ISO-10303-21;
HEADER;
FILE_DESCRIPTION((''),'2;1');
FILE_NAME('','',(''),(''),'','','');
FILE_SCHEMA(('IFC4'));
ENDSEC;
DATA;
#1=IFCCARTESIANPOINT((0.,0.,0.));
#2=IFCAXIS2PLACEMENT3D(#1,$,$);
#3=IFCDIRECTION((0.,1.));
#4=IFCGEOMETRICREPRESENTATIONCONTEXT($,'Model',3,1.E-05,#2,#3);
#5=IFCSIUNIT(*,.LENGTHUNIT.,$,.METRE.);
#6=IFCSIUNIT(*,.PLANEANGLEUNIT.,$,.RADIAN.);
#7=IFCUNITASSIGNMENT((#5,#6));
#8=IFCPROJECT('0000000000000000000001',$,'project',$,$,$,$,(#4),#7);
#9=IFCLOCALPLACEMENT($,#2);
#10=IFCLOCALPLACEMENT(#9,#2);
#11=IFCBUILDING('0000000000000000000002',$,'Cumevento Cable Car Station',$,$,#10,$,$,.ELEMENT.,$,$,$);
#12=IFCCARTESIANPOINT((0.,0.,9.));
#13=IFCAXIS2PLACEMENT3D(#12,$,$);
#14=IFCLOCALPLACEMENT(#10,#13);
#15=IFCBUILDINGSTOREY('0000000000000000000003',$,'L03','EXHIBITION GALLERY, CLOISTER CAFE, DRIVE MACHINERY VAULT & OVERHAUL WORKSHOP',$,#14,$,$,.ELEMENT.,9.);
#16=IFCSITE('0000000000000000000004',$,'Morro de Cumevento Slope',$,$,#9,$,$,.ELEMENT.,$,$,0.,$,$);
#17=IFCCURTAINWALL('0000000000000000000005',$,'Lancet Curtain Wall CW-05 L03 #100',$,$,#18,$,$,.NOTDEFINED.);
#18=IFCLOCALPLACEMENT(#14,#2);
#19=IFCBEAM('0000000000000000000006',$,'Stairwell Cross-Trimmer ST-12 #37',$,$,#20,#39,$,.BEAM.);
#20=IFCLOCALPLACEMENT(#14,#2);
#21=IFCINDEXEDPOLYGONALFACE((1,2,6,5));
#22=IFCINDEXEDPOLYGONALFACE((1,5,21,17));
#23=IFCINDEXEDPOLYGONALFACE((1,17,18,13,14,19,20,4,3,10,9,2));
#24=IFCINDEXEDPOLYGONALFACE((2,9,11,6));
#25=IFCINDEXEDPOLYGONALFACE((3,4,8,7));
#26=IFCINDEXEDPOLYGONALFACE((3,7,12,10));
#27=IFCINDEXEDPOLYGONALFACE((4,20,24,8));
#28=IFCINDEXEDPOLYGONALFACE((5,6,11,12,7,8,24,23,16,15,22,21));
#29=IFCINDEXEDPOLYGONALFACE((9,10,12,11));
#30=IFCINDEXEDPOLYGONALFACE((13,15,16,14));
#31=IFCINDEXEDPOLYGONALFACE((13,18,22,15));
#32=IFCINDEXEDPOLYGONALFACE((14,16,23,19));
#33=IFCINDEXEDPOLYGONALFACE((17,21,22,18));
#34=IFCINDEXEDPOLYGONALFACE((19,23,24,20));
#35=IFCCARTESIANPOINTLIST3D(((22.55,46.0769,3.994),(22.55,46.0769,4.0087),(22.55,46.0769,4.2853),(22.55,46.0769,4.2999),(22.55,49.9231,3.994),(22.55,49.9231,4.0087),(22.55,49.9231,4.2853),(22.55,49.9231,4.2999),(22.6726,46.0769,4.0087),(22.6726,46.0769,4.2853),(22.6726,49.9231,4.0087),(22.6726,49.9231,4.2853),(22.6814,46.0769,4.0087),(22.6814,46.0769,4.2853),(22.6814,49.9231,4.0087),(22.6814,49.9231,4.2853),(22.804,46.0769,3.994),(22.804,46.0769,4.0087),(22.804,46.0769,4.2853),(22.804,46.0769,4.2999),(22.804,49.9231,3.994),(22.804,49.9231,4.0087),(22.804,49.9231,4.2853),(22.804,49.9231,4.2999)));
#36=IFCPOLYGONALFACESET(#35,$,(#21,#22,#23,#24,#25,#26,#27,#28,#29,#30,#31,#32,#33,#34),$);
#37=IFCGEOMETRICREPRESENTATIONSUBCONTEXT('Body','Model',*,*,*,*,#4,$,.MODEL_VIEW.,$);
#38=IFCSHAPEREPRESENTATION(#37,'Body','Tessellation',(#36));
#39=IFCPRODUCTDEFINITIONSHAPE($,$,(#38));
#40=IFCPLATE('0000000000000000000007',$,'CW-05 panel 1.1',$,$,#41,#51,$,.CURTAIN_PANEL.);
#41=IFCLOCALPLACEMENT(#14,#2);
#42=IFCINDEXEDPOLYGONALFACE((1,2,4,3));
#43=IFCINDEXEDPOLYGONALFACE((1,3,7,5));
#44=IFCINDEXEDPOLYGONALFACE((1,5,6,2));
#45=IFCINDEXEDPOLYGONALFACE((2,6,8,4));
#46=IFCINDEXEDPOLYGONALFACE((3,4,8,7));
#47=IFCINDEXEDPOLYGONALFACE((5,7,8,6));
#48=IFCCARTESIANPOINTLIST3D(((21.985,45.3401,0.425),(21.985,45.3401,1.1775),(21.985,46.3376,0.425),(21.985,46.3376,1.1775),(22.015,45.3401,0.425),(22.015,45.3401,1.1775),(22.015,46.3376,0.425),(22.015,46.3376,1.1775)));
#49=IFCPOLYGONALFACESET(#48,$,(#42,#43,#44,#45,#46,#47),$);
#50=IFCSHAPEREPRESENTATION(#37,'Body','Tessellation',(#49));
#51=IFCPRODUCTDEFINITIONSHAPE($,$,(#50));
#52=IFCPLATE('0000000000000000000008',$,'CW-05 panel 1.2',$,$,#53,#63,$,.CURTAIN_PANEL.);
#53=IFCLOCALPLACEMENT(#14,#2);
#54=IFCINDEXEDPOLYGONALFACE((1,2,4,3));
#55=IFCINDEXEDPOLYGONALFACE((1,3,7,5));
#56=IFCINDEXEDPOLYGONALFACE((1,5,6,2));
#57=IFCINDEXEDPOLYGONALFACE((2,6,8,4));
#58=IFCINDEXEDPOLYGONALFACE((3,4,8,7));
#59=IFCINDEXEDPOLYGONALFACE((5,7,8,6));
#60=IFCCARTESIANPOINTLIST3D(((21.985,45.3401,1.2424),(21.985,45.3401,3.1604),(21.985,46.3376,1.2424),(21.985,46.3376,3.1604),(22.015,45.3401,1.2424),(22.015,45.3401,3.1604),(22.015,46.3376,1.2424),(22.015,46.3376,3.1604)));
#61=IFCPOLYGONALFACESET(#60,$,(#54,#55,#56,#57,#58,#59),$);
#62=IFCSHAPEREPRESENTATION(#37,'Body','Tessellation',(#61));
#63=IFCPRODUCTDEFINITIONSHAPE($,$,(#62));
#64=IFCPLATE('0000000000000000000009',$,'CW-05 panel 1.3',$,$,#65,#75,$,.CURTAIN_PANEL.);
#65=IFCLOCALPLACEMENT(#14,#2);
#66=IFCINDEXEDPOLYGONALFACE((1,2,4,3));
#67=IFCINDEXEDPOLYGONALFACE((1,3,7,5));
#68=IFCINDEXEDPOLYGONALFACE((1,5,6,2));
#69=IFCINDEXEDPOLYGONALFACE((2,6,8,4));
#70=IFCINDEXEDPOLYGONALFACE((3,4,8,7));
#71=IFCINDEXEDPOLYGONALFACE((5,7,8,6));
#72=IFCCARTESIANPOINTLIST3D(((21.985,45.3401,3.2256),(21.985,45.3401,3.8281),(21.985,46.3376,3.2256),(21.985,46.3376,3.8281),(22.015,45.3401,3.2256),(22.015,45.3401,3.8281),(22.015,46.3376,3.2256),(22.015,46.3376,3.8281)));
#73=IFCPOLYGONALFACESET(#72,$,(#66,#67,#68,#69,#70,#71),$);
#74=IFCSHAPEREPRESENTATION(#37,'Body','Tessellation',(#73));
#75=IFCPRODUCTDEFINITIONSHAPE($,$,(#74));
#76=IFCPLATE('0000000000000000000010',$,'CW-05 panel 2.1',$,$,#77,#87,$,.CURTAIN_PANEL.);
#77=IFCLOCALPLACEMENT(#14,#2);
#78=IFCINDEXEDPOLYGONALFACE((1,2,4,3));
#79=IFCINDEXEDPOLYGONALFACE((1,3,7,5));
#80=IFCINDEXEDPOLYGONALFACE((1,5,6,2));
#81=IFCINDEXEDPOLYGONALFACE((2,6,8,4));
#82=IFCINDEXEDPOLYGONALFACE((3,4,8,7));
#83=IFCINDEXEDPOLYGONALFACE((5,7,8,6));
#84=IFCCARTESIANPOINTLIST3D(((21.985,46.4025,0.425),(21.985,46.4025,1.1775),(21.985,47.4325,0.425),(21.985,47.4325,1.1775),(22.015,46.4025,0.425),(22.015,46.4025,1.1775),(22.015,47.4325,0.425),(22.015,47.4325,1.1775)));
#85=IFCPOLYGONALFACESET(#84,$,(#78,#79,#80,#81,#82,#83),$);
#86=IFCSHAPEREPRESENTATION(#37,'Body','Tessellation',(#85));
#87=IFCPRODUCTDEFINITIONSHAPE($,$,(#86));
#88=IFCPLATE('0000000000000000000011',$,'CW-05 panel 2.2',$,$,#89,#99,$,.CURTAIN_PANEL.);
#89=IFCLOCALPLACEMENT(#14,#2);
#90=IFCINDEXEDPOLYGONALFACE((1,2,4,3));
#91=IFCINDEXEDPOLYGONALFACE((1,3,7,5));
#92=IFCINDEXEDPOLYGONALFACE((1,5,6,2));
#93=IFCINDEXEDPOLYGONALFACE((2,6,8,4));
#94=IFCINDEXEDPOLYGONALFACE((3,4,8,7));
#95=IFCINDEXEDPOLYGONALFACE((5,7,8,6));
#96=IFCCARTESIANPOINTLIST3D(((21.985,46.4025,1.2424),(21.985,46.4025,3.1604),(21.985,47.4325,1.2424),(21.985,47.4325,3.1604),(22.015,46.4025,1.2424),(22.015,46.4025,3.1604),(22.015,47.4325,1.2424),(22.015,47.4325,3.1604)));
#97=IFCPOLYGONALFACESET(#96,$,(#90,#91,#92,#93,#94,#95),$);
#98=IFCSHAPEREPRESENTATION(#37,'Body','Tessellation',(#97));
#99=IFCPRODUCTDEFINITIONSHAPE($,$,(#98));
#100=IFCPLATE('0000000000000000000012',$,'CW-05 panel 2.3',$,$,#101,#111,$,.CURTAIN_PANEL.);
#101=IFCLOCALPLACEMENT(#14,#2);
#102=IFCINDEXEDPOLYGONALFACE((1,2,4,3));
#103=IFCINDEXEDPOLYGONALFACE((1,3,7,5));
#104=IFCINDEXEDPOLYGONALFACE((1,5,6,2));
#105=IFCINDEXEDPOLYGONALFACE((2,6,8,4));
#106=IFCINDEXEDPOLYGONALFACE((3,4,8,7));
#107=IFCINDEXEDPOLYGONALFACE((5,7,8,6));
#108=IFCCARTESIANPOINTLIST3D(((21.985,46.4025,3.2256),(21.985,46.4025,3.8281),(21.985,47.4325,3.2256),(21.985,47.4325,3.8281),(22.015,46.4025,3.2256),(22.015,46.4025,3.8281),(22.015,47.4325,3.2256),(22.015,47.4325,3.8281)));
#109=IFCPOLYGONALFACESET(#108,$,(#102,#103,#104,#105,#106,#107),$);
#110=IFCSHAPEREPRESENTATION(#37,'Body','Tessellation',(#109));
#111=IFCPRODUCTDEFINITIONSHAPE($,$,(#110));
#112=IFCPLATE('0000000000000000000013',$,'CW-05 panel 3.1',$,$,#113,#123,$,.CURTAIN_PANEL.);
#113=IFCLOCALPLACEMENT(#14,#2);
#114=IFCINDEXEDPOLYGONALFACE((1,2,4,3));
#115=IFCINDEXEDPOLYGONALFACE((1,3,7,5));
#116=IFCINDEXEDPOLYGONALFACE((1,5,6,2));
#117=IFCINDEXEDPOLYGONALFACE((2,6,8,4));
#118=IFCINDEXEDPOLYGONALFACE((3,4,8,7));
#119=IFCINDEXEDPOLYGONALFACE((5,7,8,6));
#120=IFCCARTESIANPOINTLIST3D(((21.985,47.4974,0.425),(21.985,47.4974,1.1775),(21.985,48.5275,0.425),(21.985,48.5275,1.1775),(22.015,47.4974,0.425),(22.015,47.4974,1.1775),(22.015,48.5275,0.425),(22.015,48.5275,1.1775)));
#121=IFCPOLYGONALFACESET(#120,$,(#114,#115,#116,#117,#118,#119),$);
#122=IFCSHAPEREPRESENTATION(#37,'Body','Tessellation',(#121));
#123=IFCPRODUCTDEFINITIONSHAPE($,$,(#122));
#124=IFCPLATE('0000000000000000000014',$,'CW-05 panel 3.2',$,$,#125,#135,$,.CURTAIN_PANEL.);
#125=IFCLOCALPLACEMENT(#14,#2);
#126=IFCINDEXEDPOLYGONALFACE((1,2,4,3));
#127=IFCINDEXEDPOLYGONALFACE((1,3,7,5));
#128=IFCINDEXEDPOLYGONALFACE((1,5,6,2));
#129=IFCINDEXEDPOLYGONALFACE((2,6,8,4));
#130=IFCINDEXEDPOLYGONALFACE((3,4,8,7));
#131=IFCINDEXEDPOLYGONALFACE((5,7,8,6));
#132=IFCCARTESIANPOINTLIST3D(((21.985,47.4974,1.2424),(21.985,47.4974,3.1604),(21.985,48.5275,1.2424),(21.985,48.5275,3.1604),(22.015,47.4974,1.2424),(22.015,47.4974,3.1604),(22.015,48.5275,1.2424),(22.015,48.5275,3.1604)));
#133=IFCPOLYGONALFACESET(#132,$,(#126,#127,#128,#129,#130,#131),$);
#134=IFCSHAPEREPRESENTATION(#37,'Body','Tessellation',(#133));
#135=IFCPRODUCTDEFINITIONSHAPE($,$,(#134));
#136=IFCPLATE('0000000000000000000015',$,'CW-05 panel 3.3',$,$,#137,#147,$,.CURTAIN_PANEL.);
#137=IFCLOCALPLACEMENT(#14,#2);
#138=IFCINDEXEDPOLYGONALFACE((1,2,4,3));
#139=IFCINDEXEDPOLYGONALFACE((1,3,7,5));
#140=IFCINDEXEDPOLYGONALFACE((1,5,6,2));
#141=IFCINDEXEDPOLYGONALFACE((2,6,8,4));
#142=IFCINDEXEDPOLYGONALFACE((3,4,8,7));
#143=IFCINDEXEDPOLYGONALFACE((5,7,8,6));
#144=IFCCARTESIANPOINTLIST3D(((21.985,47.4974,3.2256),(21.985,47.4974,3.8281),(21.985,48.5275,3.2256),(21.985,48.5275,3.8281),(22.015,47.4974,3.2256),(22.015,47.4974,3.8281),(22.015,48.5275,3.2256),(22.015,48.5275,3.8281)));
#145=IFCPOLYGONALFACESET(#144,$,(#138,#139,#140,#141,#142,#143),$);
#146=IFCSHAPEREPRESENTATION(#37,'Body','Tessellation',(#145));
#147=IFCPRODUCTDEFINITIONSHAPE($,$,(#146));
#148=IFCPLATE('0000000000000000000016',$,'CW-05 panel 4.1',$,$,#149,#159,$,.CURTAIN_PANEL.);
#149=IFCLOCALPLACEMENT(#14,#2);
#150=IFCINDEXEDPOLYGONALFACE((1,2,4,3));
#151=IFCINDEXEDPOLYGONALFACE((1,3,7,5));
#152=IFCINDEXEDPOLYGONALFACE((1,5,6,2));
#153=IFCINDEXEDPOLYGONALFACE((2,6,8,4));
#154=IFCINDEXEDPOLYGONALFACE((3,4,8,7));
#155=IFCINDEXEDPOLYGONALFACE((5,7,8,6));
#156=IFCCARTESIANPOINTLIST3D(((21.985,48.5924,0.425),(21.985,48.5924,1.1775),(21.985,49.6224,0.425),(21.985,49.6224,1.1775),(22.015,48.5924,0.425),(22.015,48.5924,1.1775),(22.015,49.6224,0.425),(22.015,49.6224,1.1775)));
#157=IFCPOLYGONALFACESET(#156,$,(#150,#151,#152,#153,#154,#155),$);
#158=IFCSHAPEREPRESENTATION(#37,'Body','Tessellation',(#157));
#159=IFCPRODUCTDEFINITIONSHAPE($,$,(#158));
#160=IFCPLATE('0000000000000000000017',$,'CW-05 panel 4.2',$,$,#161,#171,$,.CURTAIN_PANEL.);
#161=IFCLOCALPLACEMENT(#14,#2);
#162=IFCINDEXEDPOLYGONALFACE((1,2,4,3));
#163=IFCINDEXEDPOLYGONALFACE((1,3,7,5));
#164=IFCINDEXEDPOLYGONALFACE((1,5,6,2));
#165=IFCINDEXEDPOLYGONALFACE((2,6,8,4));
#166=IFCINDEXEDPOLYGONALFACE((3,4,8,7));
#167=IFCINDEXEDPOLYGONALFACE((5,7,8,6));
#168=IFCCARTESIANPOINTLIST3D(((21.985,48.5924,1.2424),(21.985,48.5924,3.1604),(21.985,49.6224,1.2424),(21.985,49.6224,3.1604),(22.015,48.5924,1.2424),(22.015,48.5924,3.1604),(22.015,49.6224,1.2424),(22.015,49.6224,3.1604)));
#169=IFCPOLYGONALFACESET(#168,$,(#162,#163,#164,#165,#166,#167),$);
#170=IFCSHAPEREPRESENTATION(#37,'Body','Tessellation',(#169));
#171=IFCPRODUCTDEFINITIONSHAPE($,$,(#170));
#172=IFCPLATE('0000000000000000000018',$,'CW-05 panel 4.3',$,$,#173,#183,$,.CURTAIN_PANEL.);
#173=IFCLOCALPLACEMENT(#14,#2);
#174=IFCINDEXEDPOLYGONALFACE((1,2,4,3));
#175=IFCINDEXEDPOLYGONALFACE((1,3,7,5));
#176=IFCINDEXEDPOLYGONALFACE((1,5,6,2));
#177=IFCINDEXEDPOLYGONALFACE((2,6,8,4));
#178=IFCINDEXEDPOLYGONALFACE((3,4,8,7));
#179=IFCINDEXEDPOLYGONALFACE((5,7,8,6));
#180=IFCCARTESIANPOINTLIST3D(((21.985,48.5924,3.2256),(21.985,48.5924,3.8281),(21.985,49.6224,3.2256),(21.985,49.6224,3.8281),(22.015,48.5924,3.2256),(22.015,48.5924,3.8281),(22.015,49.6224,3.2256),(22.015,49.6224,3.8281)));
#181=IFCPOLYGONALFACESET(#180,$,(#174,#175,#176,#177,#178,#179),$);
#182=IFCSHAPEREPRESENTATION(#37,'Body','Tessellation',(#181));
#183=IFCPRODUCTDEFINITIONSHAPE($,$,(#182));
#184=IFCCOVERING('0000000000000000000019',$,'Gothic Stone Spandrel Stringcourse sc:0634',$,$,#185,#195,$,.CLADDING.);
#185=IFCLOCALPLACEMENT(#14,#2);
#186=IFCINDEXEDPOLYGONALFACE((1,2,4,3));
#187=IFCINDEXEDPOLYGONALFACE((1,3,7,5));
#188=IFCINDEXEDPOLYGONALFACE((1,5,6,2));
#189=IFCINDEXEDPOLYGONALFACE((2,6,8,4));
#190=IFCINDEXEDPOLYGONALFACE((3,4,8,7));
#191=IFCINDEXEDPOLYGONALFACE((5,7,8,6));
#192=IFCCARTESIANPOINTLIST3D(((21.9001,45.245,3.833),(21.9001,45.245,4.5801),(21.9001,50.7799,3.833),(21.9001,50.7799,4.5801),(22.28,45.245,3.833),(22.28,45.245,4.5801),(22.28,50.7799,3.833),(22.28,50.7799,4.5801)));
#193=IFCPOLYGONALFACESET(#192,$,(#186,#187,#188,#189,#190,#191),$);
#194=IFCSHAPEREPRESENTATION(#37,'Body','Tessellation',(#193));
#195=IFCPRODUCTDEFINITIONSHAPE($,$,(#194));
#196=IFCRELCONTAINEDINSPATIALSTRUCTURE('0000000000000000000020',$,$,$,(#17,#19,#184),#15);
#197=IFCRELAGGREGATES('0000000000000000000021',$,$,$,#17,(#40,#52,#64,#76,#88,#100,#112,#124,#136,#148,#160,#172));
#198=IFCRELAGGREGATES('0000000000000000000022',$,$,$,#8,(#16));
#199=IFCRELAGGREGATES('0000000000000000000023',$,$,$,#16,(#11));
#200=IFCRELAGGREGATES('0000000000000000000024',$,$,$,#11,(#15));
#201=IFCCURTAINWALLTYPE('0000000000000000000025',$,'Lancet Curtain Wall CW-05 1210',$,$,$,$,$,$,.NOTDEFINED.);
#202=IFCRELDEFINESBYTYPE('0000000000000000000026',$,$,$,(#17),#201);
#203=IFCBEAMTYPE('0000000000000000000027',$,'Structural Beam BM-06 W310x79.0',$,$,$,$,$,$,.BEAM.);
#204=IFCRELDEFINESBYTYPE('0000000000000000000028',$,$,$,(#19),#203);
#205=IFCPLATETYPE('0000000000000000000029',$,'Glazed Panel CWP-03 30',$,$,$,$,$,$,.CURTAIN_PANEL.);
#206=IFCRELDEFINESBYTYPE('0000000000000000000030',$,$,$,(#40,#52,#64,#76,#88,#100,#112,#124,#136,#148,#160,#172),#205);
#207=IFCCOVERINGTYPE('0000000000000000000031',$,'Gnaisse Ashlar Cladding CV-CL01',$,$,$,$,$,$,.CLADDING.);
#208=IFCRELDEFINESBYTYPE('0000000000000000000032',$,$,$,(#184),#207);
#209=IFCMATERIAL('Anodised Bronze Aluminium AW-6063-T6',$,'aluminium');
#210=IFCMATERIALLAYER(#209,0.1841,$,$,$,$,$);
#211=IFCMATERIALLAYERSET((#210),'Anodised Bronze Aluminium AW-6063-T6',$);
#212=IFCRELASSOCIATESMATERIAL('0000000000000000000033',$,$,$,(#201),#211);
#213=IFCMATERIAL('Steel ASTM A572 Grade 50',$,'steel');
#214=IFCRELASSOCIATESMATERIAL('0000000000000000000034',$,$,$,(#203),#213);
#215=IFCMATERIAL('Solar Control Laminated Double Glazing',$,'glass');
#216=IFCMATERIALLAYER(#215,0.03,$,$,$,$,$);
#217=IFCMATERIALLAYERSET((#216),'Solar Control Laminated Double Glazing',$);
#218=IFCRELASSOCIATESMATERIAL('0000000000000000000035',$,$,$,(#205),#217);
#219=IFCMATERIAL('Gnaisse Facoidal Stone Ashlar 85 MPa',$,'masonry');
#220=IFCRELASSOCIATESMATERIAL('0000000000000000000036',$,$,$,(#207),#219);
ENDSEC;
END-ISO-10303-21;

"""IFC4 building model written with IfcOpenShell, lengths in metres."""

from ifc_helpers import new_model, si_unit, direction, frame, origin, origin_2d, place, context, subcontext, project, spatial, rectangle, i_section, extrude, material, layer, layer_set, material_profile, profile_set, type_object, element, aggregate, save


model = new_model("IFC4")

# Units and contexts
model_context = context("Model", 3, precision=1e-05, world=origin(), true_north=direction((0.0, 1.0)))
body_context = subcontext(model_context, "Body", "Model", "MODEL_VIEW")
ifc_project = project(units=[si_unit("LENGTHUNIT", "METRE"), si_unit("PLANEANGLEUNIT", "RADIAN")], contexts=[model_context])

# Site, building, storey
site_placement = place(None, origin())
site = spatial("IfcSite", under=ifc_project, at=site_placement, Name="Morro de Cumevento Slope", CompositionType="ELEMENT", RefElevation=0.0)
building_placement = place(site_placement, origin())
building = spatial("IfcBuilding", under=site, at=building_placement, Name="Cumevento Cable Car Station", CompositionType="ELEMENT")
storey_placement = place(building_placement, frame((0.0, 0.0, 9.0)))
storey = spatial("IfcBuildingStorey", under=building, at=storey_placement, Name="L03", Description="EXHIBITION GALLERY, CLOISTER CAFE, DRIVE MACHINERY VAULT & OVERHAUL WORKSHOP", CompositionType="ELEMENT", Elevation=9.0)

# Curtain wall
ifc_material_1 = material(Name="Anodised Bronze Aluminium AW-6063-T6", Category="aluminium")
ifc_layer_1 = layer(ifc_material_1, 0.1841)
ifc_layer_set_1 = layer_set([ifc_layer_1], Name="Anodised Bronze Aluminium AW-6063-T6")
curtain_wall_type = type_object("IfcCurtainWallType", Name="Lancet Curtain Wall CW-05 1210", PredefinedType="NOTDEFINED", material=ifc_layer_set_1)
curtain_wall_placement = place(storey_placement, origin())
curtain_wall = element("IfcCurtainWall", 1, at=curtain_wall_placement, inside=storey, type_object=curtain_wall_type, Name="Lancet Curtain Wall CW-05 L03 #100", PredefinedType="NOTDEFINED")

# Beam
ifc_material_2 = material(Name="Steel ASTM A572 Grade 50", Category="steel")
ifc_material_profile_1 = material_profile(ifc_material_2, i_section(OverallWidth=0.2539, OverallDepth=0.3059, WebThickness=0.0088, FlangeThickness=0.0146, at=origin_2d()), Name="W310x79.0")
ifc_profile_set_1 = profile_set([ifc_material_profile_1], Name="Steel ASTM A572 Grade 50")
beam_type = type_object("IfcBeamType", Name="Structural Beam BM-06 W310x79.0", PredefinedType="BEAM", material=ifc_profile_set_1)
beam_1_placement = place(storey_placement, frame((22.677, 46.0769, 4.147), z_axis=(0.0, 1.0, 0.0), x_axis=(-1.0, 0.0, 0.0)))
element("IfcBeam", 2, at=beam_1_placement, inside=storey, type_object=beam_type, Name="Stairwell Cross-Trimmer ST-12 #37", PredefinedType="BEAM", context=body_context, shape_type="SweptSolid", body=[
    extrude(i_section(OverallWidth=0.2539, OverallDepth=0.3059, WebThickness=0.0088, FlangeThickness=0.0146, at=origin_2d()), origin(), (0.0, 0.0, 1.0), 3.8462),
])

# Plates
ifc_material_3 = material(Name="Solar Control Laminated Double Glazing", Category="glass")
ifc_layer_2 = layer(ifc_material_3, 0.03)
ifc_layer_set_2 = layer_set([ifc_layer_2], Name="Solar Control Laminated Double Glazing")
plate_type = type_object("IfcPlateType", Name="Glazed Panel CWP-03 30", PredefinedType="CURTAIN_PANEL", material=ifc_layer_set_2)
plate_1_placement = place(storey_placement, frame((22.0, 45.8389, 0.425), z_axis=(0.0, 0.0, 1.0), x_axis=(0.0, 1.0, 0.0)))
plate_1 = element("IfcPlate", 3, at=plate_1_placement, type_object=plate_type, Name="CW-05 panel 1.1", PredefinedType="CURTAIN_PANEL", context=body_context, shape_type="SweptSolid", body=[
    extrude(rectangle(XDim=0.9976, YDim=0.03, at=origin_2d()), origin(), (0.0, 0.0, 1.0), 0.7524),
])
plate_2_placement = place(storey_placement, frame((22.0, 45.8389, 1.2424), z_axis=(0.0, 0.0, 1.0), x_axis=(0.0, 1.0, 0.0)))
plate_2 = element("IfcPlate", 4, at=plate_2_placement, type_object=plate_type, Name="CW-05 panel 1.2", PredefinedType="CURTAIN_PANEL", context=body_context, shape_type="SweptSolid", body=[
    extrude(rectangle(XDim=0.9976, YDim=0.03, at=origin_2d()), origin(), (0.0, 0.0, 1.0), 1.918),
])
plate_3_placement = place(storey_placement, frame((22.0, 45.8389, 3.2256), z_axis=(0.0, 0.0, 1.0), x_axis=(0.0, 1.0, 0.0)))
plate_3 = element("IfcPlate", 5, at=plate_3_placement, type_object=plate_type, Name="CW-05 panel 1.3", PredefinedType="CURTAIN_PANEL", context=body_context, shape_type="SweptSolid", body=[
    extrude(rectangle(XDim=0.9976, YDim=0.03, at=origin_2d()), origin(), (0.0, 0.0, 1.0), 0.6025),
])
plate_4_placement = place(storey_placement, frame((22.0, 46.9175, 0.425), z_axis=(0.0, 0.0, 1.0), x_axis=(0.0, 1.0, 0.0)))
plate_4 = element("IfcPlate", 6, at=plate_4_placement, type_object=plate_type, Name="CW-05 panel 2.1", PredefinedType="CURTAIN_PANEL", context=body_context, shape_type="SweptSolid", body=[
    extrude(rectangle(XDim=1.03, YDim=0.03, at=origin_2d()), origin(), (0.0, 0.0, 1.0), 0.7524),
])
plate_5_placement = place(storey_placement, frame((22.0, 46.9175, 1.2424), z_axis=(0.0, 0.0, 1.0), x_axis=(0.0, 1.0, 0.0)))
plate_5 = element("IfcPlate", 7, at=plate_5_placement, type_object=plate_type, Name="CW-05 panel 2.2", PredefinedType="CURTAIN_PANEL", context=body_context, shape_type="SweptSolid", body=[
    extrude(rectangle(XDim=1.03, YDim=0.03, at=origin_2d()), origin(), (0.0, 0.0, 1.0), 1.918),
])
plate_6_placement = place(storey_placement, frame((22.0, 46.9175, 3.2256), z_axis=(0.0, 0.0, 1.0), x_axis=(0.0, 1.0, 0.0)))
plate_6 = element("IfcPlate", 8, at=plate_6_placement, type_object=plate_type, Name="CW-05 panel 2.3", PredefinedType="CURTAIN_PANEL", context=body_context, shape_type="SweptSolid", body=[
    extrude(rectangle(XDim=1.03, YDim=0.03, at=origin_2d()), origin(), (0.0, 0.0, 1.0), 0.6025),
])
plate_7_placement = place(storey_placement, frame((22.0, 48.0125, 0.425), z_axis=(0.0, 0.0, 1.0), x_axis=(0.0, 1.0, 0.0)))
plate_7 = element("IfcPlate", 9, at=plate_7_placement, type_object=plate_type, Name="CW-05 panel 3.1", PredefinedType="CURTAIN_PANEL", context=body_context, shape_type="SweptSolid", body=[
    extrude(rectangle(XDim=1.03, YDim=0.03, at=origin_2d()), origin(), (0.0, 0.0, 1.0), 0.7524),
])
plate_8_placement = place(storey_placement, frame((22.0, 48.0125, 1.2424), z_axis=(0.0, 0.0, 1.0), x_axis=(0.0, 1.0, 0.0)))
plate_8 = element("IfcPlate", 10, at=plate_8_placement, type_object=plate_type, Name="CW-05 panel 3.2", PredefinedType="CURTAIN_PANEL", context=body_context, shape_type="SweptSolid", body=[
    extrude(rectangle(XDim=1.03, YDim=0.03, at=origin_2d()), origin(), (0.0, 0.0, 1.0), 1.918),
])
plate_9_placement = place(storey_placement, frame((22.0, 48.0125, 3.2256), z_axis=(0.0, 0.0, 1.0), x_axis=(0.0, 1.0, 0.0)))
plate_9 = element("IfcPlate", 11, at=plate_9_placement, type_object=plate_type, Name="CW-05 panel 3.3", PredefinedType="CURTAIN_PANEL", context=body_context, shape_type="SweptSolid", body=[
    extrude(rectangle(XDim=1.03, YDim=0.03, at=origin_2d()), origin(), (0.0, 0.0, 1.0), 0.6025),
])
plate_10_placement = place(storey_placement, frame((22.0, 49.1074, 0.425), z_axis=(0.0, 0.0, 1.0), x_axis=(0.0, 1.0, 0.0)))
plate_10 = element("IfcPlate", 12, at=plate_10_placement, type_object=plate_type, Name="CW-05 panel 4.1", PredefinedType="CURTAIN_PANEL", context=body_context, shape_type="SweptSolid", body=[
    extrude(rectangle(XDim=1.03, YDim=0.03, at=origin_2d()), origin(), (0.0, 0.0, 1.0), 0.7524),
])
plate_11_placement = place(storey_placement, frame((22.0, 49.1074, 1.2424), z_axis=(0.0, 0.0, 1.0), x_axis=(0.0, 1.0, 0.0)))
plate_11 = element("IfcPlate", 13, at=plate_11_placement, type_object=plate_type, Name="CW-05 panel 4.2", PredefinedType="CURTAIN_PANEL", context=body_context, shape_type="SweptSolid", body=[
    extrude(rectangle(XDim=1.03, YDim=0.03, at=origin_2d()), origin(), (0.0, 0.0, 1.0), 1.918),
])
plate_12_placement = place(storey_placement, frame((22.0, 49.1074, 3.2256), z_axis=(0.0, 0.0, 1.0), x_axis=(0.0, 1.0, 0.0)))
plate_12 = element("IfcPlate", 14, at=plate_12_placement, type_object=plate_type, Name="CW-05 panel 4.3", PredefinedType="CURTAIN_PANEL", context=body_context, shape_type="SweptSolid", body=[
    extrude(rectangle(XDim=1.03, YDim=0.03, at=origin_2d()), origin(), (0.0, 0.0, 1.0), 0.6025),
])
aggregate(curtain_wall, [plate_1, plate_2, plate_3, plate_4, plate_5, plate_6, plate_7, plate_8, plate_9, plate_10, plate_11, plate_12])

# Covering
ifc_material_4 = material(Name="Gnaisse Facoidal Stone Ashlar 85 MPa", Category="masonry")
covering_type = type_object("IfcCoveringType", Name="Gnaisse Ashlar Cladding CV-CL01", PredefinedType="CLADDING", material=ifc_material_4)
covering_placement = place(storey_placement, frame((22.0901, 48.0125, 3.833), z_axis=(0.0, 0.0, 1.0), x_axis=(0.0, 1.0, 0.0)))
element("IfcCovering", 15, at=covering_placement, inside=storey, type_object=covering_type, Name="Gothic Stone Spandrel Stringcourse sc:0634", PredefinedType="CLADDING", context=body_context, shape_type="SweptSolid", body=[
    extrude(rectangle(XDim=5.5349, YDim=0.3799, at=origin_2d()), origin(), (0.0, 0.0, 1.0), 0.7471),
])

save(model, "model.ifc")
